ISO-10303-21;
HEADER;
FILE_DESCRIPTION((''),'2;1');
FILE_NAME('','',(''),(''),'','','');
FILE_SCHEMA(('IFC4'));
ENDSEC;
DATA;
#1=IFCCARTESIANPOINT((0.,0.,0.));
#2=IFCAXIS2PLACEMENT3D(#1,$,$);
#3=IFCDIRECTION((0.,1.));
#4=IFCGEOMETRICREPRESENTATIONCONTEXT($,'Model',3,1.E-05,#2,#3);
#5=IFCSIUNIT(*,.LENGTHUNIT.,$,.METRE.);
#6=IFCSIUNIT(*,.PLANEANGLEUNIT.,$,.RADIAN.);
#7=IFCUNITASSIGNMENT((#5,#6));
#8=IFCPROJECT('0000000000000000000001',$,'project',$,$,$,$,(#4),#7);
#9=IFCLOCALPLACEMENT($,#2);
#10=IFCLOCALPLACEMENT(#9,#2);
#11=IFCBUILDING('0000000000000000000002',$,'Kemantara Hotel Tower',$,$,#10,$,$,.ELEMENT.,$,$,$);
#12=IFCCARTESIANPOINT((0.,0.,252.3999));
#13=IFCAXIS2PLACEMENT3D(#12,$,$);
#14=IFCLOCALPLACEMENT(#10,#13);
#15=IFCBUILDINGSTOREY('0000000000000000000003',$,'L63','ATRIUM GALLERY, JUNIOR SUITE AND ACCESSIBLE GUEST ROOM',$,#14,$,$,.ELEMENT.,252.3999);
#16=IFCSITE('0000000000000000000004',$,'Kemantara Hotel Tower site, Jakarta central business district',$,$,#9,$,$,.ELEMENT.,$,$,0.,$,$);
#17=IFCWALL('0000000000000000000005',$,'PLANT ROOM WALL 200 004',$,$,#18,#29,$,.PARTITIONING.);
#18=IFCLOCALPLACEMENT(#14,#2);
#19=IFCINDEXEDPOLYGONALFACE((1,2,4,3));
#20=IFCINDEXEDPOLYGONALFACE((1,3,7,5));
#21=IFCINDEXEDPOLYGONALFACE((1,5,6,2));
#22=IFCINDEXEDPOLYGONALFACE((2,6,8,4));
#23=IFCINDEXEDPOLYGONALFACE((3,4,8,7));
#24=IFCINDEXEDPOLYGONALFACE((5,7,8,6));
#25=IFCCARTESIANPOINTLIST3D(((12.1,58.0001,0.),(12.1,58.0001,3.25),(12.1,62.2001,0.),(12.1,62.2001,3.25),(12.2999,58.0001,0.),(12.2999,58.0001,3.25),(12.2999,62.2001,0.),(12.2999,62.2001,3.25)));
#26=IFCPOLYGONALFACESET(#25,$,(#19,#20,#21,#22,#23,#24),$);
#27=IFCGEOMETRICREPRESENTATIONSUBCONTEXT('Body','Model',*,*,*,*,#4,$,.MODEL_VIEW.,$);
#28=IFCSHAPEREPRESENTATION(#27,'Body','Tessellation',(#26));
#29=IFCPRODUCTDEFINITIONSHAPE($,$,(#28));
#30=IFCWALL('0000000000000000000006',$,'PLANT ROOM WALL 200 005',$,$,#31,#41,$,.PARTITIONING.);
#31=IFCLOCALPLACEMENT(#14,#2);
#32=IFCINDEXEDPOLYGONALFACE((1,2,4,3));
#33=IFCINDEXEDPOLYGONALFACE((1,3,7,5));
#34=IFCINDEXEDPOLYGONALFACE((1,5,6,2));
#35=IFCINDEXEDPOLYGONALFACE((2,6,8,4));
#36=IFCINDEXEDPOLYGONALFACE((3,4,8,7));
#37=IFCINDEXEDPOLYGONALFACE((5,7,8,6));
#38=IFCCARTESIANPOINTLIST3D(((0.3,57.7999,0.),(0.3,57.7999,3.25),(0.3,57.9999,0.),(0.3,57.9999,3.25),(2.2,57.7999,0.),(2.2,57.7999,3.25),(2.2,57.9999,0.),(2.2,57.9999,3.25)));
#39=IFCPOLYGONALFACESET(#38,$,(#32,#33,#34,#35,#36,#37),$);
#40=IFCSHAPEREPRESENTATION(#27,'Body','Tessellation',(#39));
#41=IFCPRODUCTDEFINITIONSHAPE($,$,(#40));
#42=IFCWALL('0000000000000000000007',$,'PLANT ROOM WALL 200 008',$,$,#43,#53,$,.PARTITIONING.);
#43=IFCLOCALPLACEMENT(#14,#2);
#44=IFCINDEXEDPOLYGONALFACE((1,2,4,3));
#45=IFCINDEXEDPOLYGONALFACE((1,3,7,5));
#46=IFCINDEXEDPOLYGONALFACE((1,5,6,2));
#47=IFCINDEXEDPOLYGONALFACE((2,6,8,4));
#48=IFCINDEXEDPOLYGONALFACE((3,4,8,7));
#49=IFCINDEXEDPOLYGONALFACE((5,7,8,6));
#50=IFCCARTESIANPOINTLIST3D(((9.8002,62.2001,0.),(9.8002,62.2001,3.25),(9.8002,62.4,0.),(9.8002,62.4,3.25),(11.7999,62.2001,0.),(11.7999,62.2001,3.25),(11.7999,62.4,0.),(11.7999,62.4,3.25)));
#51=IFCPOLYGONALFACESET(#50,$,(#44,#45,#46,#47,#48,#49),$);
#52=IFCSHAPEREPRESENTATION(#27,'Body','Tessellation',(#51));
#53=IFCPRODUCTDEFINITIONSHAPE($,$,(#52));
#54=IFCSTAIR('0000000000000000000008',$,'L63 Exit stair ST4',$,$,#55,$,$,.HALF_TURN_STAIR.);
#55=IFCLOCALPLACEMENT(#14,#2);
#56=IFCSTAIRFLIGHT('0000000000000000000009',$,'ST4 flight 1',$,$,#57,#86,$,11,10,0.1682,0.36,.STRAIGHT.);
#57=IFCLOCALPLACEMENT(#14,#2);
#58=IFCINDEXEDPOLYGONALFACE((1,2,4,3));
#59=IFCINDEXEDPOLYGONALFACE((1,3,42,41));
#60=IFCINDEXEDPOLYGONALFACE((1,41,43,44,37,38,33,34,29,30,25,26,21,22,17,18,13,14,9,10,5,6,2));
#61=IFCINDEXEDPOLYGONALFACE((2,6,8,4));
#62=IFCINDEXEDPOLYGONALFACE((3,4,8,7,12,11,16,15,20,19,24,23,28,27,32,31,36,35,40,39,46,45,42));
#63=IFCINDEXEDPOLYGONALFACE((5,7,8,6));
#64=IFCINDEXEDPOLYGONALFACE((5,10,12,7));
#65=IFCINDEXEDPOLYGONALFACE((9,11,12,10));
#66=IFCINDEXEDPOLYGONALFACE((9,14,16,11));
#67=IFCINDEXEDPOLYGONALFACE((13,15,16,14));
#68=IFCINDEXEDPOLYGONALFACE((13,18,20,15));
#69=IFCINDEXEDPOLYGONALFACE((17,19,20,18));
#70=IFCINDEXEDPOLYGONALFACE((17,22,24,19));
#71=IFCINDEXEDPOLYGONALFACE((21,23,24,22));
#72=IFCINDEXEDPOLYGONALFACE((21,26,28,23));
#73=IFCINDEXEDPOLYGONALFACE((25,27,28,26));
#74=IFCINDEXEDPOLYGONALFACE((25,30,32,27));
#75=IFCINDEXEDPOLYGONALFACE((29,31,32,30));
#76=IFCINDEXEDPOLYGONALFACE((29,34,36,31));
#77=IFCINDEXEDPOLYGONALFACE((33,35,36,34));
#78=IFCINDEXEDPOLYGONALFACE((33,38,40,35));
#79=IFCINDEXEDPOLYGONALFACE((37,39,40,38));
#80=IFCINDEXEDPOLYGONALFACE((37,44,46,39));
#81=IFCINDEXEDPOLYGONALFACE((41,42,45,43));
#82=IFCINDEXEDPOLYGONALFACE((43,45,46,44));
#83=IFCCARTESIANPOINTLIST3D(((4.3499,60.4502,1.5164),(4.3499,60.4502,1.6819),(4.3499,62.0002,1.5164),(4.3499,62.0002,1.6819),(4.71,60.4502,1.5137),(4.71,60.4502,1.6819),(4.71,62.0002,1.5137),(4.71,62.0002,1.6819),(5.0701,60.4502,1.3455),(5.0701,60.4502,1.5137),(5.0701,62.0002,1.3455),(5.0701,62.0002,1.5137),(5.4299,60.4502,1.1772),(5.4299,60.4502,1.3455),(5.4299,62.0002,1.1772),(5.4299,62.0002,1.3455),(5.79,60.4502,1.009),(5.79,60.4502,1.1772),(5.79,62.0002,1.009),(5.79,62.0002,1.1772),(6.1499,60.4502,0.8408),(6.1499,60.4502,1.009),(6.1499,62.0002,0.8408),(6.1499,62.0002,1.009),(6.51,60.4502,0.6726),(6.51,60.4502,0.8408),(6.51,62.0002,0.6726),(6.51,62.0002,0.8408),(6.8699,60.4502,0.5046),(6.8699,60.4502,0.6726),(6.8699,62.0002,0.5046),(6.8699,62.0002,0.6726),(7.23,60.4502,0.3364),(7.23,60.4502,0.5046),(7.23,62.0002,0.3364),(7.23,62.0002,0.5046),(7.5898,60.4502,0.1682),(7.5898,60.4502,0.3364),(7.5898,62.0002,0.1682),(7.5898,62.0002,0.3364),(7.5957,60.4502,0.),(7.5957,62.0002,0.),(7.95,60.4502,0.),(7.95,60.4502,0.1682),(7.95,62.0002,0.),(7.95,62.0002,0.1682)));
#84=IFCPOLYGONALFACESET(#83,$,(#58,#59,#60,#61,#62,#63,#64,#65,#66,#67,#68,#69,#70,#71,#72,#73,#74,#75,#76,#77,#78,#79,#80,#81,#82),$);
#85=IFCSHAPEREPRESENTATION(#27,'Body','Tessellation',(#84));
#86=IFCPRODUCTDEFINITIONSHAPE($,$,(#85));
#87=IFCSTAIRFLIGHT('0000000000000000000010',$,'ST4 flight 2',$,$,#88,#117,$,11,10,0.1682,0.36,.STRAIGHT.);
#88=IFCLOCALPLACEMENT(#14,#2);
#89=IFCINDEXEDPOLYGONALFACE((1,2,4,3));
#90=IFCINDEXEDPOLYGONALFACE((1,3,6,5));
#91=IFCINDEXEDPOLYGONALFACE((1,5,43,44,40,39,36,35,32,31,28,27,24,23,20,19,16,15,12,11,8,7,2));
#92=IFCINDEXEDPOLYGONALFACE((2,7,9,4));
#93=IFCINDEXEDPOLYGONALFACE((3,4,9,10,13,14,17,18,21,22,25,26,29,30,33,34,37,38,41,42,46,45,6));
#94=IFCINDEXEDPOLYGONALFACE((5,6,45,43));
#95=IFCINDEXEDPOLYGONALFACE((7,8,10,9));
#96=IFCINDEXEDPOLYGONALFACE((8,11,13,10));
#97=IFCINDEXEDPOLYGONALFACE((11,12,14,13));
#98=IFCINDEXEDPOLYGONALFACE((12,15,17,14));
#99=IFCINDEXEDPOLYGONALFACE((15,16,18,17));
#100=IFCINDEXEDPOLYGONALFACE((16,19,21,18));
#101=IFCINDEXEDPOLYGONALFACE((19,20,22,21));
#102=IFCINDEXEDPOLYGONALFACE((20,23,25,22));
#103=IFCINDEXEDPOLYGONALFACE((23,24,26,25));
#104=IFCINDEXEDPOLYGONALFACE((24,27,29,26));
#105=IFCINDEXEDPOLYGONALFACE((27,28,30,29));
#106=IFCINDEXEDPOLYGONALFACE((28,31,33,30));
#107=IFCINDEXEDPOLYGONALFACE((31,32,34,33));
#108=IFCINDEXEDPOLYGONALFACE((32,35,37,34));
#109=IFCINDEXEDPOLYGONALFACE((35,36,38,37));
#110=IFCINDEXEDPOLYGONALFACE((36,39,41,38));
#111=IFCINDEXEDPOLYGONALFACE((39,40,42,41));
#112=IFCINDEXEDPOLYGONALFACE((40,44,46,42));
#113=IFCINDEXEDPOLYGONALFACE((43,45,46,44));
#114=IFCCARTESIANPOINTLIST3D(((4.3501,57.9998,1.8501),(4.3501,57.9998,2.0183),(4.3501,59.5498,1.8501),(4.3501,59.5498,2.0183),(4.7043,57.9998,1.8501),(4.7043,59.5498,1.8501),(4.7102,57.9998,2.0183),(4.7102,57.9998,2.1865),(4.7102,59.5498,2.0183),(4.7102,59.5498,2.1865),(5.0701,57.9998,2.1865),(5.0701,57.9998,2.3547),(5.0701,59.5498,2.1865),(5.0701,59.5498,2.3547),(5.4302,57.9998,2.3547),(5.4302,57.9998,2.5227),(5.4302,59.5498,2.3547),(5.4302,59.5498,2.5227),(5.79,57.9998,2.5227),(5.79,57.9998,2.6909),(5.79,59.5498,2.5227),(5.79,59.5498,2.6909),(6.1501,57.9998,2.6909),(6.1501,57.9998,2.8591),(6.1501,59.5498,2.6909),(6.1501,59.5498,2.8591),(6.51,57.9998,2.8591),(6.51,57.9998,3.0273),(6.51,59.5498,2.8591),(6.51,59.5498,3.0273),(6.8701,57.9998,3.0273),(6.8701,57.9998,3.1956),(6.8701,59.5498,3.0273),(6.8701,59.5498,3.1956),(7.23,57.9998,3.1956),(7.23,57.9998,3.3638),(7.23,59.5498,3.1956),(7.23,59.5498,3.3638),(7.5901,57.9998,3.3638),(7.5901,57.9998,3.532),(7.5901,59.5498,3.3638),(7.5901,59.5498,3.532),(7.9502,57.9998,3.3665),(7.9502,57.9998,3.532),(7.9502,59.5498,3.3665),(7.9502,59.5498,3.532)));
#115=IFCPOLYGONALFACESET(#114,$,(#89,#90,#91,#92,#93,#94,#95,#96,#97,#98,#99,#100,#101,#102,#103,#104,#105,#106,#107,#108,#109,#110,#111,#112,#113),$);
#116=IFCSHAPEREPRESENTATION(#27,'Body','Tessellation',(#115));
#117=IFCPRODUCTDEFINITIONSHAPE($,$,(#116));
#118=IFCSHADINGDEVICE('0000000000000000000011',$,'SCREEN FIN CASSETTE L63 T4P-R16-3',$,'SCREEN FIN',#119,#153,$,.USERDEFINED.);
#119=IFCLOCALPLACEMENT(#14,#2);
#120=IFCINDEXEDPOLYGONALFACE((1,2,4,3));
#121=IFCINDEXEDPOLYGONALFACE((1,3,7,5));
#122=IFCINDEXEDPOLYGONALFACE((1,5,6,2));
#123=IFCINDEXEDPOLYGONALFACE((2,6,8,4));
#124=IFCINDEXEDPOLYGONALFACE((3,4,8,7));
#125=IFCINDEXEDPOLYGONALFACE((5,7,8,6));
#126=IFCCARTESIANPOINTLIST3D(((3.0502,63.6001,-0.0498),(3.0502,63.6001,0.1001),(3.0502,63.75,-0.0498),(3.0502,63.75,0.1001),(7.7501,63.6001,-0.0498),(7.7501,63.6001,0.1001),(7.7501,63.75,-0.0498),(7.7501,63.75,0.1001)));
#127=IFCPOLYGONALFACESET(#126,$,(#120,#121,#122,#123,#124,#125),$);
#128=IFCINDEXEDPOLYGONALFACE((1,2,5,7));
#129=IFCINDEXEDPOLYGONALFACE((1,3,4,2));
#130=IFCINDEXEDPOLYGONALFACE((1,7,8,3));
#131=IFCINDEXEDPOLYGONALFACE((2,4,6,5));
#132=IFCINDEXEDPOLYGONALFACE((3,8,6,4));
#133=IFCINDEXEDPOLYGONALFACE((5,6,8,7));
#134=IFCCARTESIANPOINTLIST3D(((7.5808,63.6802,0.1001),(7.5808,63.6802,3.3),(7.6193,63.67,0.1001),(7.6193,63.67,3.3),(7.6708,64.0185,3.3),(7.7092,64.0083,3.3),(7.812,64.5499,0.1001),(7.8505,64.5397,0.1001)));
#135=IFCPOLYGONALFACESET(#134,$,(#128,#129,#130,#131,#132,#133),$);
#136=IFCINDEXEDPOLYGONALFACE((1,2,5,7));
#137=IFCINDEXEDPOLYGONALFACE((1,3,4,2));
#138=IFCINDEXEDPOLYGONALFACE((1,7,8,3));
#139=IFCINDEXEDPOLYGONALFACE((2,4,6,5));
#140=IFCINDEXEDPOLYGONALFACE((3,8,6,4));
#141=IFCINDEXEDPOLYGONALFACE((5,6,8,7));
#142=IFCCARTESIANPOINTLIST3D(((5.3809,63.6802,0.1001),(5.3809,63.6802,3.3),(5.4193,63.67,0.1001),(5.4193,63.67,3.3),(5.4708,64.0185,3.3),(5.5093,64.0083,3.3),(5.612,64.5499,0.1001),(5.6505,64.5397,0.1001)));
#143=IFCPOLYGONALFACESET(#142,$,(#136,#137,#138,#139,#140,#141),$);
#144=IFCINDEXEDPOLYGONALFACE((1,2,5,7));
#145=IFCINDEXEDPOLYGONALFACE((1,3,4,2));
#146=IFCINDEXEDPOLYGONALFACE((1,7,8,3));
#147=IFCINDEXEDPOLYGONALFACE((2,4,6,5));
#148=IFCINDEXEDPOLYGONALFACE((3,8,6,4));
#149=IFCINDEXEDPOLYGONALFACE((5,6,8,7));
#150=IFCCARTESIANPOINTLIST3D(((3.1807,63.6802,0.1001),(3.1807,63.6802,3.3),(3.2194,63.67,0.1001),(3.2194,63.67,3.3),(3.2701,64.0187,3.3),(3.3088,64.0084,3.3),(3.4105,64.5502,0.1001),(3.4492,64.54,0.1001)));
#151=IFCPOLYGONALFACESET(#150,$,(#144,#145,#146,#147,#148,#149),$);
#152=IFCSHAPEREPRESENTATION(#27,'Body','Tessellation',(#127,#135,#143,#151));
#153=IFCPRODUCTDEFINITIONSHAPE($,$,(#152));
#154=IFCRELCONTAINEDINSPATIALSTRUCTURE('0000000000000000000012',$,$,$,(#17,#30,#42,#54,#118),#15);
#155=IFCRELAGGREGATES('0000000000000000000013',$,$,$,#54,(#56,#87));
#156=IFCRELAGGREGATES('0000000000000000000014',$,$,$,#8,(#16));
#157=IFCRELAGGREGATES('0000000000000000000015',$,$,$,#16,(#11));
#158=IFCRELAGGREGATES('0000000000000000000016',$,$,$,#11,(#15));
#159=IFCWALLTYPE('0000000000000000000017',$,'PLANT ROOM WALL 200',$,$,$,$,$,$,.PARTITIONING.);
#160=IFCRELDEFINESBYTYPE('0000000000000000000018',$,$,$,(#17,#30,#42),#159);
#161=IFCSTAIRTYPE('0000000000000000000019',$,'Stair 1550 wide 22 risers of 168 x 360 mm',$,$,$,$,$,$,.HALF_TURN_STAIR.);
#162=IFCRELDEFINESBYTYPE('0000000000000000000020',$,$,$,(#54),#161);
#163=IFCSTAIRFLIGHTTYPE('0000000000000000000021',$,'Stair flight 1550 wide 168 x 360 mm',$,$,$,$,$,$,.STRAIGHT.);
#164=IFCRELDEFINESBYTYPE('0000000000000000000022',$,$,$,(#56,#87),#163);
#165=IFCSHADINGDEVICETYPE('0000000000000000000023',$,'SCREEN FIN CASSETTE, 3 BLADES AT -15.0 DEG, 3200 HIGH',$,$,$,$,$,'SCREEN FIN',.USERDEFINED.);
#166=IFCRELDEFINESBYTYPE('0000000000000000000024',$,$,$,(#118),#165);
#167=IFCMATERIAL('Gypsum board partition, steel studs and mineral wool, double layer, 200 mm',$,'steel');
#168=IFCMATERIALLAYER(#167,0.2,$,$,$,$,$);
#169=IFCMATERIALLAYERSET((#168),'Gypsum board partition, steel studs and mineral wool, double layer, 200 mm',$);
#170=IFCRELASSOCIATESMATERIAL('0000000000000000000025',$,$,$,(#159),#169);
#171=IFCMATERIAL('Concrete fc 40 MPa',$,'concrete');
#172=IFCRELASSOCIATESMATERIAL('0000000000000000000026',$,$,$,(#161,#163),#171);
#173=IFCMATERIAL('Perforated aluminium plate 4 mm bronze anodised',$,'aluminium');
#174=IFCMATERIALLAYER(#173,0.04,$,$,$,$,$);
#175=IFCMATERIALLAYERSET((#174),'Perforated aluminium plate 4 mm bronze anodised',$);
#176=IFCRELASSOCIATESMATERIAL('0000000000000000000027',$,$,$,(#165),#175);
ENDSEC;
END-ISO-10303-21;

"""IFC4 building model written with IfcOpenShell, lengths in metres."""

from ifc_helpers import new_model, si_unit, direction, frame, frame_2d, origin, origin_2d, place, context, subcontext, project, spatial, polyline, rectangle, outline, extrude, source, transform, mapped, material, layer, layer_set, type_object, element, aggregate, save


model = new_model("IFC4")

# Units and contexts
model_context = context("Model", 3, precision=1e-05, world=origin(), true_north=direction((0.0, 1.0)))
body_context = subcontext(model_context, "Body", "Model", "MODEL_VIEW")
ifc_project = project(units=[si_unit("LENGTHUNIT", "METRE"), si_unit("PLANEANGLEUNIT", "RADIAN")], contexts=[model_context])

# Site, building, storey
site_placement = place(None, origin())
site = spatial("IfcSite", under=ifc_project, at=site_placement, Name="Kemantara Hotel Tower site, Jakarta central business district", CompositionType="ELEMENT", RefElevation=0.0)
building_placement = place(site_placement, origin())
building = spatial("IfcBuilding", under=site, at=building_placement, Name="Kemantara Hotel Tower", CompositionType="ELEMENT")
storey_placement = place(building_placement, frame((0.0, 0.0, 252.3999)))
storey = spatial("IfcBuildingStorey", under=building, at=storey_placement, Name="L63", Description="ATRIUM GALLERY, JUNIOR SUITE AND ACCESSIBLE GUEST ROOM", CompositionType="ELEMENT", Elevation=252.3999)

# Shared definitions
ifc_material_1 = material(Name="Concrete fc 40 MPa", Category="concrete")

# Shared definitions
ifc_material_2 = material(Name="Gypsum board partition, steel studs and mineral wool, double layer, 200 mm", Category="steel")
ifc_layer_1 = layer(ifc_material_2, 0.2)
ifc_layer_set_1 = layer_set([ifc_layer_1], Name="Gypsum board partition, steel studs and mineral wool, double layer, 200 mm")
wall_type_1 = type_object("IfcWallType", Name="PLANT ROOM WALL 200", PredefinedType="PARTITIONING", material=ifc_layer_set_1)

# Walls
wall_1_placement = place(storey_placement, frame((12.2, 58.0, 0.0), z_axis=(0.0, 0.0, 1.0), x_axis=(0.0, 1.0, 0.0)))
element("IfcWall", 1, at=wall_1_placement, inside=storey, type_object=wall_type_1, Name="PLANT ROOM WALL 200 004", PredefinedType="PARTITIONING", context=body_context, shape_type="SweptSolid", body=[
    extrude(rectangle(XDim=4.2, YDim=0.2, at=frame_2d((2.1001, 0.0))), origin(), (0.0, 0.0, 1.0), 3.25),
])
wall_2_placement = place(storey_placement, frame((0.3, 57.8999, 0.0), z_axis=(0.0, 0.0, 1.0), x_axis=(1.0, 0.0, 0.0)))
element("IfcWall", 2, at=wall_2_placement, inside=storey, type_object=wall_type_1, Name="PLANT ROOM WALL 200 005", PredefinedType="PARTITIONING", context=body_context, shape_type="SweptSolid", body=[
    extrude(rectangle(XDim=1.8999, YDim=0.2, at=frame_2d((0.95, 0.0))), origin(), (0.0, 0.0, 1.0), 3.25),
])
wall_3_placement = place(storey_placement, frame((9.8, 62.3, 0.0), z_axis=(0.0, 0.0, 1.0), x_axis=(1.0, 0.0, 0.0)))
element("IfcWall", 3, at=wall_3_placement, inside=storey, type_object=wall_type_1, Name="PLANT ROOM WALL 200 008", PredefinedType="PARTITIONING", context=body_context, shape_type="SweptSolid", body=[
    extrude(rectangle(XDim=1.9998, YDim=0.2, at=frame_2d((1.0, 0.0))), origin(), (0.0, 0.0, 1.0), 3.25),
])

# Stair, stair flights
stair_type = type_object("IfcStairType", Name="Stair 1550 wide 22 risers of 168 x 360 mm", PredefinedType="HALF_TURN_STAIR", material=ifc_material_1)
stair_placement = place(storey_placement, origin())
stair = element("IfcStair", 4, at=stair_placement, inside=storey, type_object=stair_type, Name="L63 Exit stair ST4", PredefinedType="HALF_TURN_STAIR")
stair_flight_type = type_object("IfcStairFlightType", Name="Stair flight 1550 wide 168 x 360 mm", PredefinedType="STRAIGHT", material=ifc_material_1)
stair_flight_1_placement = place(storey_placement, frame((7.95, 61.2251, 0.0), z_axis=(0.0, 0.0, 1.0), x_axis=(-1.0, 0.0, 0.0)))
stair_flight_1 = element("IfcStairFlight", 5, at=stair_flight_1_placement, type_object=stair_flight_type, Name="ST4 flight 1", NumberOfRisers=11, NumberOfTreads=10, PredefinedType="STRAIGHT", RiserHeight=0.1682, TreadLength=0.36, context=body_context, shape_type="SweptSolid", body=[
    extrude(outline(polyline([(0.0, 0.0), (0.0, 0.1682), (0.3601, 0.1682), (0.3601, 0.3364), (0.72, 0.3364), (0.72, 0.5046), (1.0801, 0.5046), (1.0801, 0.6726), (1.4399, 0.6726), (1.4399, 0.8408), (1.8, 0.8408), (1.8, 1.009), (2.1599, 1.009), (2.1599, 1.1772), (2.52, 1.1772), (2.52, 1.3455), (2.8799, 1.3455), (2.8799, 1.5137), (3.24, 1.5137), (3.24, 1.6819), (3.6001, 1.6819), (3.6001, 1.8501), (3.6001, 1.5164), (0.3542, 0.0), (0.0, 0.0)])), frame((0.0, 0.7749, 0.0), z_axis=(0.0, -1.0, 0.0), x_axis=(1.0, 0.0, 0.0)), (0.0, 0.0, 1.0), 1.55),
])
stair_flight_2_placement = place(storey_placement, frame((4.3501, 58.7749, 1.8501), z_axis=(0.0, 0.0, 1.0), x_axis=(1.0, 0.0, 0.0)))
stair_flight_2 = element("IfcStairFlight", 6, at=stair_flight_2_placement, type_object=stair_flight_type, Name="ST4 flight 2", NumberOfRisers=11, NumberOfTreads=10, PredefinedType="STRAIGHT", RiserHeight=0.1682, TreadLength=0.36, context=body_context, shape_type="SweptSolid", body=[
    extrude(outline(polyline([(0.0, 0.0), (0.0, 0.1682), (0.3601, 0.1682), (0.3601, 0.3364), (0.72, 0.3364), (0.72, 0.5046), (1.0801, 0.5046), (1.0801, 0.6726), (1.4399, 0.6726), (1.4399, 0.8408), (1.8, 0.8408), (1.8, 1.009), (2.1599, 1.009), (2.1599, 1.1772), (2.52, 1.1772), (2.52, 1.3455), (2.8799, 1.3455), (2.8799, 1.5137), (3.24, 1.5137), (3.24, 1.6819), (3.6001, 1.6819), (3.6001, 1.8501), (3.6001, 1.5164), (0.3542, 0.0), (0.0, 0.0)])), frame((0.0, 0.7749, 0.0), z_axis=(0.0, -1.0, 0.0), x_axis=(1.0, 0.0, 0.0)), (0.0, 0.0, 1.0), 1.55),
])
aggregate(stair, [stair_flight_1, stair_flight_2])

# Shading device
ifc_material_3 = material(Name="Perforated aluminium plate 4 mm bronze anodised", Category="aluminium")
ifc_layer_2 = layer(ifc_material_3, 0.04)
ifc_layer_set_2 = layer_set([ifc_layer_2], Name="Perforated aluminium plate 4 mm bronze anodised")
shading_device_type_1 = type_object("IfcShadingDeviceType", Name="SCREEN FIN CASSETTE, 3 BLADES AT -15.0 DEG, 3200 HIGH", ElementType="SCREEN FIN", PredefinedType="USERDEFINED", material=ifc_layer_set_2)
shared_shape_1 = source(origin(), body_context, "Body", "SweptSolid", [
    extrude(rectangle(XDim=4.7, YDim=0.1499, at=origin_2d()), frame((2.2, -0.075, -0.1499), z_axis=(0.0, 0.0, 1.0), x_axis=(1.0, 0.0, 0.0)), (0.0, 0.0, 1.0), 0.1499),
    extrude(outline(polyline([(0.0, 0.0), (0.8999, 0.0), (0.3501, 3.2), (0.0, 3.2), (0.0, 0.0)])), frame((0.0193, -0.0801, 0.0), z_axis=(-0.966438, 0.256901, 0.0), x_axis=(-0.256901, -0.966438, 0.0)), (0.0, 0.0, 1.0), 0.0398),
    extrude(outline(polyline([(0.0, 0.0), (0.8999, 0.0), (0.3501, 3.2), (0.0, 3.2), (0.0, 0.0)])), frame((2.2192, -0.0801, 0.0), z_axis=(-0.966438, 0.256901, 0.0), x_axis=(-0.256901, -0.966438, 0.0)), (0.0, 0.0, 1.0), 0.0398),
    extrude(outline(polyline([(0.0, 0.0), (0.8999, 0.0), (0.3501, 3.2), (0.0, 3.2), (0.0, 0.0)])), frame((4.4194, -0.0801, 0.0), z_axis=(-0.966838, 0.255391, 0.0), x_axis=(-0.255391, -0.966838, 0.0)), (0.0, 0.0, 1.0), 0.04),
])
shading_device_1_placement = place(storey_placement, frame((7.6001, 63.6001, 0.1001), z_axis=(0.0, 0.0, 1.0), x_axis=(-1.0, 0.0, 0.0)))
element("IfcShadingDevice", 7, at=shading_device_1_placement, inside=storey, type_object=shading_device_type_1, Name="SCREEN FIN CASSETTE L63 T4P-R16-3", ObjectType="SCREEN FIN", PredefinedType="USERDEFINED", context=body_context, shape_type="MappedRepresentation", body=[
    mapped(shared_shape_1, transform((0.0, 0.0, 0.0))),
])

save(model, "model.ifc")
